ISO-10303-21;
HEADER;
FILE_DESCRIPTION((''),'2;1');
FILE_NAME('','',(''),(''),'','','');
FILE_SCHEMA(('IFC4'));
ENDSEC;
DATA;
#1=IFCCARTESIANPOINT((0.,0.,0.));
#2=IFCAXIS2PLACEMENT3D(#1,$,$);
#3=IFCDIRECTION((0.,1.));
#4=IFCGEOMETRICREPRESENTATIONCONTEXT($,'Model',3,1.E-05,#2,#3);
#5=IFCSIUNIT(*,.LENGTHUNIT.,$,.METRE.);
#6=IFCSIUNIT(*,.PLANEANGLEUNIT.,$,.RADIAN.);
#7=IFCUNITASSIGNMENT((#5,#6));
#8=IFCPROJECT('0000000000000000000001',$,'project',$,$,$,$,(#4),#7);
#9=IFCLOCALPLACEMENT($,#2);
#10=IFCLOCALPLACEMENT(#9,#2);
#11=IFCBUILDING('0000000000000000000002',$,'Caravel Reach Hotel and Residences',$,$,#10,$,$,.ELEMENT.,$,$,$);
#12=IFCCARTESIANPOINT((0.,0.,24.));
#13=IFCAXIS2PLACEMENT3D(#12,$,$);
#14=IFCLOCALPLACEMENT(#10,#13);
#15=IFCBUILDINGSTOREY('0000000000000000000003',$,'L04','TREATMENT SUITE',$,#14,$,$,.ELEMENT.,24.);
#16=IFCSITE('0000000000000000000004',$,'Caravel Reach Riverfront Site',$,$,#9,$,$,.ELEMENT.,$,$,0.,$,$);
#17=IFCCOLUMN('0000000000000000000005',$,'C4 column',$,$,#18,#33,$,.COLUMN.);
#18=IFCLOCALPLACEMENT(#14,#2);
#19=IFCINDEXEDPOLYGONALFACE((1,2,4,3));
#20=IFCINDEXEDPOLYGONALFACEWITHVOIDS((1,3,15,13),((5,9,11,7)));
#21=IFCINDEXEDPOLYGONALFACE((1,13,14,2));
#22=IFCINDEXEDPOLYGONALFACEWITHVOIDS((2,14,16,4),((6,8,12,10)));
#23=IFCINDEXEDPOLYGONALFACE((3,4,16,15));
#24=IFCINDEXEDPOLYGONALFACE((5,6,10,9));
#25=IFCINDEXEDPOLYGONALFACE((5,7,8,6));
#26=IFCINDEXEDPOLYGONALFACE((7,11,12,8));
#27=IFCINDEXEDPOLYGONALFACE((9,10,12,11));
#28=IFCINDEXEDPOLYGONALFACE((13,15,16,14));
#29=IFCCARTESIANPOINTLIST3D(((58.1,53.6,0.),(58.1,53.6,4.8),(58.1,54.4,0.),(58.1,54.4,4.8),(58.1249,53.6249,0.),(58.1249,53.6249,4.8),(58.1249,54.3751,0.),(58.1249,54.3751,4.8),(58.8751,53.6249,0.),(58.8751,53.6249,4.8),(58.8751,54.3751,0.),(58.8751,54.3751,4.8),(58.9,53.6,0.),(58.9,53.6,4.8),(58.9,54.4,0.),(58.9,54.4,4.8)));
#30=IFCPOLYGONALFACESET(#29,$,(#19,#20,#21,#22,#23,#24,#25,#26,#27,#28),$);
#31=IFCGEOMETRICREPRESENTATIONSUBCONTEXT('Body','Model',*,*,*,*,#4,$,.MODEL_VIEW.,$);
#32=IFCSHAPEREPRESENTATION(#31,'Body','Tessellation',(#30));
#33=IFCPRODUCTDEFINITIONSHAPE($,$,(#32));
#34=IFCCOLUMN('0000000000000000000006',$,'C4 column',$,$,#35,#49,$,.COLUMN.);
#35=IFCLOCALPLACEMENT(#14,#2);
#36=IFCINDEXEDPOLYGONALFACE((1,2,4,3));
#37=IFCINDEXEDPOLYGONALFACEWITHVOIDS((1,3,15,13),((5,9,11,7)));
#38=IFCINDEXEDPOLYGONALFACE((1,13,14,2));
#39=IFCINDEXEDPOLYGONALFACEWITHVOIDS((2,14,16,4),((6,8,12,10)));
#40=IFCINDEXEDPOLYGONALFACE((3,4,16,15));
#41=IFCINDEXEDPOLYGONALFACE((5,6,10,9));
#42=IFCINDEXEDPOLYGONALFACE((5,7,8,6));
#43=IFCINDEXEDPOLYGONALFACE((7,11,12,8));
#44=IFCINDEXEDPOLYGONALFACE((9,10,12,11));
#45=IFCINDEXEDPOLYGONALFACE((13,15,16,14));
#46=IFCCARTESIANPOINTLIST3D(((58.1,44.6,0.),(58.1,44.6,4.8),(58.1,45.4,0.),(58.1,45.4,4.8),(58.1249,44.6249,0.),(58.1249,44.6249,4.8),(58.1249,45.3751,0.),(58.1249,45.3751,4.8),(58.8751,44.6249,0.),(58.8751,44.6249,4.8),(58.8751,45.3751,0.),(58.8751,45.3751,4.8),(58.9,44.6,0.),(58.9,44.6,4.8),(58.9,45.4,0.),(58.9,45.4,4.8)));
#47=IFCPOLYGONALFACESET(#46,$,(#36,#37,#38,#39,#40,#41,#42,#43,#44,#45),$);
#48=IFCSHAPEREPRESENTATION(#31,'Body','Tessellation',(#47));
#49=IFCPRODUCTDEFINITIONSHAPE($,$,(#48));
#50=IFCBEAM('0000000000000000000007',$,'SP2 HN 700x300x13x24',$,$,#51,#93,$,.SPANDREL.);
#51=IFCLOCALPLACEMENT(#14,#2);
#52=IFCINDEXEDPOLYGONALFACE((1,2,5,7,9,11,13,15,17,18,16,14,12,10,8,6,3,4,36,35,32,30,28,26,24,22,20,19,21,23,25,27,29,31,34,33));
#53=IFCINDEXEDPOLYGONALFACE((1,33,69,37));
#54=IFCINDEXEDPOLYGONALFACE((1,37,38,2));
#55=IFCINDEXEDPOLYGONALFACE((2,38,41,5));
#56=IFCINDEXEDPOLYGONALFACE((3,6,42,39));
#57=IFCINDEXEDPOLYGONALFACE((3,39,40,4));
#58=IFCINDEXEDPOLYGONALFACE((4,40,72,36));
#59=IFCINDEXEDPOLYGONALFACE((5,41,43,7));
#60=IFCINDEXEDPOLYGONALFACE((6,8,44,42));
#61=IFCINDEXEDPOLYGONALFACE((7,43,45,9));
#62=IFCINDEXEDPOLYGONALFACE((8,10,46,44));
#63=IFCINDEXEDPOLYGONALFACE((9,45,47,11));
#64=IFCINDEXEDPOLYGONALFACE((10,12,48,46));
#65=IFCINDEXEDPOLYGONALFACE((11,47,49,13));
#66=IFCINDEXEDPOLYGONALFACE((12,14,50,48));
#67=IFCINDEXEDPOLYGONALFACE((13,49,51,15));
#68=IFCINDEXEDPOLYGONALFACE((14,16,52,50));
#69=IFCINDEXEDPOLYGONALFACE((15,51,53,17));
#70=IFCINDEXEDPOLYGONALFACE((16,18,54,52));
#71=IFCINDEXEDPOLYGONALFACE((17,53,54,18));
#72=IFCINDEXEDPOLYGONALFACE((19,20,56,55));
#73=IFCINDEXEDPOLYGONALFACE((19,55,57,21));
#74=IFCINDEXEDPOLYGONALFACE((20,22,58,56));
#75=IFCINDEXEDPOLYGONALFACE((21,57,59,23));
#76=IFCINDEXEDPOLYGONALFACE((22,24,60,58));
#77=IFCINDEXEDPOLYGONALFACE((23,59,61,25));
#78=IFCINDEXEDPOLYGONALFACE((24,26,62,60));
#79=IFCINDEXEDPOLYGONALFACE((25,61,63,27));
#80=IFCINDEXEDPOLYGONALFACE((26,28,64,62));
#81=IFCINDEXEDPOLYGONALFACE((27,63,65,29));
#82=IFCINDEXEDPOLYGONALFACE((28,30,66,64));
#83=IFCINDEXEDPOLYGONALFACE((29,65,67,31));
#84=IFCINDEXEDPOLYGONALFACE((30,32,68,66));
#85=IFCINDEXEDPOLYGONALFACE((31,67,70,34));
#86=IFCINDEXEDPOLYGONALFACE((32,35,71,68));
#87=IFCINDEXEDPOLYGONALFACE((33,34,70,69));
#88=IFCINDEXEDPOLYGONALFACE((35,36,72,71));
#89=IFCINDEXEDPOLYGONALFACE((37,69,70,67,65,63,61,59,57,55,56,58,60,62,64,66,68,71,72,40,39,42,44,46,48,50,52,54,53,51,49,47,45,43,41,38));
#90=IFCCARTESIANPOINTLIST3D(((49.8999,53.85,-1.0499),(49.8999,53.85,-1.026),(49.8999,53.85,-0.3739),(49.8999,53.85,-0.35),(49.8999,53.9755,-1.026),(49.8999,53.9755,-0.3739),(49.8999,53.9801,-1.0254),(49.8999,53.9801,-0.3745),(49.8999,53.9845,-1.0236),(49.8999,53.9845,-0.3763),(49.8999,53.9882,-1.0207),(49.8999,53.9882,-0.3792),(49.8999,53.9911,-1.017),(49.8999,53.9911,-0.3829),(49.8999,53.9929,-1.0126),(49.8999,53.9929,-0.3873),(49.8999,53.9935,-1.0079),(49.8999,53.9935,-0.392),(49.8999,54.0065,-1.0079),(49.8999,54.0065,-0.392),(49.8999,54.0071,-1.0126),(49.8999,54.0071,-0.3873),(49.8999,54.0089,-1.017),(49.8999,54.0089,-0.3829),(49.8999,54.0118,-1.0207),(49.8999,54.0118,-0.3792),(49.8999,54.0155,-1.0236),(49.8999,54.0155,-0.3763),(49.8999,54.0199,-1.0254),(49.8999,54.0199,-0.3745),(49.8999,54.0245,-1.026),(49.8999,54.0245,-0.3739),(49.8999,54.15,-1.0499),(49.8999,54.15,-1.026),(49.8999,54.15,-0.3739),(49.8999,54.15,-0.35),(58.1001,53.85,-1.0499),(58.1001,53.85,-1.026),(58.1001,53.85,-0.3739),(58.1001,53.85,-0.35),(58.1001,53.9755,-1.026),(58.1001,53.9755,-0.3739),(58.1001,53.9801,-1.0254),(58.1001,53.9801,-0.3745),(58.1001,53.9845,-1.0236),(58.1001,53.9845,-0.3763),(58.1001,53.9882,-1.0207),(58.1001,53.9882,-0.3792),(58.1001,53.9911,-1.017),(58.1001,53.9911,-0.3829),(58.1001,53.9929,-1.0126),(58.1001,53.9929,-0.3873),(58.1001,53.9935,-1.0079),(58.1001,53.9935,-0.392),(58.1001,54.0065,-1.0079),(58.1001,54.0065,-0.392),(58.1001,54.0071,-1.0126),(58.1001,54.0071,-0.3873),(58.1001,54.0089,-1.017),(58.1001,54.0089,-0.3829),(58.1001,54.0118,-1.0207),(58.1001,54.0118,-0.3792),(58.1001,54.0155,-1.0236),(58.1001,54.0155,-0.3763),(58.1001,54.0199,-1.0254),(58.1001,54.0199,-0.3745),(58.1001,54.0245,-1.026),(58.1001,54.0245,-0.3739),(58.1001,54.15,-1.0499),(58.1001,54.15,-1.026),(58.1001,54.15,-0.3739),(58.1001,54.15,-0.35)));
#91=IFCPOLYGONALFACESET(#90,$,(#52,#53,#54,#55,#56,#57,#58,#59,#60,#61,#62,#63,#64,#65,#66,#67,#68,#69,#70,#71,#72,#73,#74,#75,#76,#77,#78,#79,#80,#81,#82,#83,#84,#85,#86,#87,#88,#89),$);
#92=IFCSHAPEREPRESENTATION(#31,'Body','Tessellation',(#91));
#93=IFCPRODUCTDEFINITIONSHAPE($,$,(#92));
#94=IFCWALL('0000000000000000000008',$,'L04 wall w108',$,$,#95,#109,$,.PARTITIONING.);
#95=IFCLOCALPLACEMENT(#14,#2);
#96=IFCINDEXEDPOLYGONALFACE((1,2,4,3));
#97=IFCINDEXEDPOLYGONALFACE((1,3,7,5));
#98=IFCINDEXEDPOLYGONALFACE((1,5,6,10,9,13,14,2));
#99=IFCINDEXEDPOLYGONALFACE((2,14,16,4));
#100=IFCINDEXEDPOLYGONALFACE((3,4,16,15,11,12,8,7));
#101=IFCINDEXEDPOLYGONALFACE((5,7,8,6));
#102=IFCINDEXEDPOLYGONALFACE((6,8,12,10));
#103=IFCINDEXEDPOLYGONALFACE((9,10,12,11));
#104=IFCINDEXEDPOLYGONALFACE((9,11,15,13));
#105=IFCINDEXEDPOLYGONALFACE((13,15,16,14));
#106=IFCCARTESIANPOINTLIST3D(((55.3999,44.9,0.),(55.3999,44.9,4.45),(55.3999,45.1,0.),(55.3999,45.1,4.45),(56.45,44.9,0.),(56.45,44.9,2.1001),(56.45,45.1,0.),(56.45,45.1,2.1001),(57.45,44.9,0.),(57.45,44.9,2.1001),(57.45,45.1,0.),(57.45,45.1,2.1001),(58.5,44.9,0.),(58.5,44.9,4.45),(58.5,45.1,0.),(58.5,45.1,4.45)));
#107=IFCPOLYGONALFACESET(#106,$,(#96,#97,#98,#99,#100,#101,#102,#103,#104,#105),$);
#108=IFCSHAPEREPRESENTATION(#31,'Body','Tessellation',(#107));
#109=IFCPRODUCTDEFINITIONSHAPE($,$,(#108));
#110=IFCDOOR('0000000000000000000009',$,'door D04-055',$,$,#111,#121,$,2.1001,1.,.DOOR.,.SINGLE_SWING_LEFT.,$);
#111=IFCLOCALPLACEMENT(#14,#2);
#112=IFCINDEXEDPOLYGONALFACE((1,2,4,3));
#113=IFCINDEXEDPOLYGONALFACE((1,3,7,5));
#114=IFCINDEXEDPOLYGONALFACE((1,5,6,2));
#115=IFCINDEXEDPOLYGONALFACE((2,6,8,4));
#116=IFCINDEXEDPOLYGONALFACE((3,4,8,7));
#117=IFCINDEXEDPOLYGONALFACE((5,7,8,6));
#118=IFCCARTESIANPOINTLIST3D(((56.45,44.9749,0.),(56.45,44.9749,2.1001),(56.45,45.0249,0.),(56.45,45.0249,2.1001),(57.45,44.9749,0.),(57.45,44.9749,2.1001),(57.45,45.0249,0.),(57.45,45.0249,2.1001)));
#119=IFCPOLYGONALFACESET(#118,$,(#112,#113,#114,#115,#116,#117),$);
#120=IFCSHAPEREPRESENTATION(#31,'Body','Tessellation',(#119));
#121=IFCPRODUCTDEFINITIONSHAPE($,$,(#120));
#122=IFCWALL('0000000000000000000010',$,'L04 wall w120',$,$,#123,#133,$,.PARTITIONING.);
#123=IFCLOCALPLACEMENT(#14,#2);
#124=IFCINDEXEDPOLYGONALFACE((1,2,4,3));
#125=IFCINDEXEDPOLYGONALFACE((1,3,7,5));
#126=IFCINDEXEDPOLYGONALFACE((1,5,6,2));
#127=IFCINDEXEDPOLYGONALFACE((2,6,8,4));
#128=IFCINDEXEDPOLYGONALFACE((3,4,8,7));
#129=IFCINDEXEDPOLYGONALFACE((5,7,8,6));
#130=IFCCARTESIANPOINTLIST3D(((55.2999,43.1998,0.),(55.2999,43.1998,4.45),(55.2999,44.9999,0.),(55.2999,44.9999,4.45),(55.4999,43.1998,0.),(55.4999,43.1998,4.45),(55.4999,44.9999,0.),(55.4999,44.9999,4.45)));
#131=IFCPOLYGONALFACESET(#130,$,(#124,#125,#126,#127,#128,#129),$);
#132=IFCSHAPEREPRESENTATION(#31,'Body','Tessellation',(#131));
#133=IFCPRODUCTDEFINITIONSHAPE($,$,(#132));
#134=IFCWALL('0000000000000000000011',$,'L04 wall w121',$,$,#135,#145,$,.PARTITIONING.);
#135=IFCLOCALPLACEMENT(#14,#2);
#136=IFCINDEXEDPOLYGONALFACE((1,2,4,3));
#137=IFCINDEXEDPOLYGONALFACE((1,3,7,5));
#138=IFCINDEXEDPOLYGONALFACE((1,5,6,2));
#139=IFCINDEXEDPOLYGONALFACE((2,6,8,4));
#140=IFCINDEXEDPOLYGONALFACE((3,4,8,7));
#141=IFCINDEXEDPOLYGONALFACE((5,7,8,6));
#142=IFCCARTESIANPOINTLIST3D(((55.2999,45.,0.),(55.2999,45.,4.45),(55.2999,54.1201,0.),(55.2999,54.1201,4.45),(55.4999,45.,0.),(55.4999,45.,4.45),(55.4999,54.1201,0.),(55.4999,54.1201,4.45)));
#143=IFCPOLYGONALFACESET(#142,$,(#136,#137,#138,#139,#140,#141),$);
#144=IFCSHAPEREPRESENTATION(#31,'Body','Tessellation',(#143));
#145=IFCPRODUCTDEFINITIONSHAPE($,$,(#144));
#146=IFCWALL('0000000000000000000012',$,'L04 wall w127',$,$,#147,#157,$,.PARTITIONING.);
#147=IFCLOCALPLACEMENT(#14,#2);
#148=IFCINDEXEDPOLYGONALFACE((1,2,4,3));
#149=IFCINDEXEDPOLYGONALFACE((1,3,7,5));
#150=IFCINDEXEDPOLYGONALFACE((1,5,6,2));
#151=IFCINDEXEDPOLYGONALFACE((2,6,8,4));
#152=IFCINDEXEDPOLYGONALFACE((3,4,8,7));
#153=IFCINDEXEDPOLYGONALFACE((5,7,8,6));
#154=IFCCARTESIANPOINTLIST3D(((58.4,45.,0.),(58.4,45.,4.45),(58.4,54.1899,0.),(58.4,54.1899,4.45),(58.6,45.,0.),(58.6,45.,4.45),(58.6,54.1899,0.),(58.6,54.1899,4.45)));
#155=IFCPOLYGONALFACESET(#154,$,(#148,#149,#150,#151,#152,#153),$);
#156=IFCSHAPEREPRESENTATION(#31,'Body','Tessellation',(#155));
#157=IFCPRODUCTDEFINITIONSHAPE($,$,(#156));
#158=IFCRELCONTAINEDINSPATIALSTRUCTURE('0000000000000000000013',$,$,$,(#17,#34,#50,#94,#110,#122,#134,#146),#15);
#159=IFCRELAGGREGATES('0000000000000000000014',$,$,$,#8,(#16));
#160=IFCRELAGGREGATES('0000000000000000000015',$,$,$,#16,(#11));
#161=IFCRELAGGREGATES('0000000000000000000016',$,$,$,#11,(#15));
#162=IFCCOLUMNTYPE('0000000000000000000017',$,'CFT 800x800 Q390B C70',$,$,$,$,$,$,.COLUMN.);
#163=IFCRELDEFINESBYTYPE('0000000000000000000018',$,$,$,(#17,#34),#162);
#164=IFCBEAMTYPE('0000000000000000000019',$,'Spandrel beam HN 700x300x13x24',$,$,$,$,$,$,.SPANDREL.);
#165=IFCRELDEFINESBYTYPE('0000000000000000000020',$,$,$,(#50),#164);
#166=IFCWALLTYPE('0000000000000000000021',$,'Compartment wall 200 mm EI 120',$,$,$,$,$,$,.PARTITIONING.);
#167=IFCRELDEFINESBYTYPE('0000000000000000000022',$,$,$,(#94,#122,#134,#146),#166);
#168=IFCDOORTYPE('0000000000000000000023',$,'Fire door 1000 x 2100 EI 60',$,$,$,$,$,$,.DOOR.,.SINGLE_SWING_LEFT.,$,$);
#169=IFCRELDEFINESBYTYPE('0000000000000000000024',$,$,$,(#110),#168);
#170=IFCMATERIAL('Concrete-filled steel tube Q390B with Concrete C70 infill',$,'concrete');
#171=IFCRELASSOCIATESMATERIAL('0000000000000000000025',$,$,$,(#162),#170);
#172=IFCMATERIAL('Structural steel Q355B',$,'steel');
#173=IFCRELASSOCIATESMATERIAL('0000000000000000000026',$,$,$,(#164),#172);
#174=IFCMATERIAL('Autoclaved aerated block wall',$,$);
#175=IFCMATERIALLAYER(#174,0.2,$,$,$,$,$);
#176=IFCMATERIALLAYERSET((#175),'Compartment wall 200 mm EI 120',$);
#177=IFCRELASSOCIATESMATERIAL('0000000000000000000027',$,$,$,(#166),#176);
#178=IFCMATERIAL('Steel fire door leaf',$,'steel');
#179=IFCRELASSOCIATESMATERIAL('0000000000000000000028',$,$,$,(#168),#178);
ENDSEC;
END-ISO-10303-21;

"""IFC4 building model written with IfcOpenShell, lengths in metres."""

from ifc_helpers import new_model, si_unit, direction, frame, frame_2d, origin, origin_2d, place, context, subcontext, project, spatial, rectangle, hollow_rectangle, i_section, extrude, material, layer, layer_set, material_profile, profile_set, type_object, element, fill, save


model = new_model("IFC4")

# Units and contexts
model_context = context("Model", 3, precision=1e-05, world=origin(), true_north=direction((0.0, 1.0)))
body_context = subcontext(model_context, "Body", "Model", "MODEL_VIEW")
ifc_project = project(units=[si_unit("LENGTHUNIT", "METRE"), si_unit("PLANEANGLEUNIT", "RADIAN")], contexts=[model_context])

# Site, building, storey
site_placement = place(None, origin())
site = spatial("IfcSite", under=ifc_project, at=site_placement, Name="Caravel Reach Riverfront Site", CompositionType="ELEMENT", RefElevation=0.0)
building_placement = place(site_placement, origin())
building = spatial("IfcBuilding", under=site, at=building_placement, Name="Caravel Reach Hotel and Residences", CompositionType="ELEMENT")
storey_placement = place(building_placement, frame((0.0, 0.0, 24.0)))
storey = spatial("IfcBuildingStorey", under=building, at=storey_placement, Name="L04", Description="TREATMENT SUITE", CompositionType="ELEMENT", Elevation=24.0)

# Columns
ifc_material_1 = material(Name="Concrete-filled steel tube Q390B with Concrete C70 infill", Category="concrete")
ifc_material_profile_1 = material_profile(ifc_material_1, hollow_rectangle(XDim=0.8, YDim=0.8, WallThickness=0.0249, at=origin_2d()), Name="RHS 800x800x25")
ifc_profile_set_1 = profile_set([ifc_material_profile_1], Name="Concrete-filled steel tube Q390B with Concrete C70 infill")
column_type = type_object("IfcColumnType", Name="CFT 800x800 Q390B C70", PredefinedType="COLUMN", material=ifc_profile_set_1)
for number, where, z_axis, x_axis, name in (
    (1, (58.5, 54.0, 0.0), (0.0, 0.0, 1.0), (1.0, 0.0, 0.0), "C4 column"),
    (2, (58.5, 45.0, 0.0), (0.0, 0.0, 1.0), (1.0, 0.0, 0.0), "C4 column"),
):
    element("IfcColumn", number, at=place(storey_placement, frame(where, z_axis=z_axis, x_axis=x_axis)), inside=storey, type_object=column_type, Name=name, PredefinedType="COLUMN", context=body_context, shape_type="SweptSolid", body=[
        extrude(hollow_rectangle(XDim=0.8, YDim=0.8, WallThickness=0.0249, at=origin_2d()), origin(), (0.0, 0.0, 1.0), 4.8),
    ])

# Beam
ifc_material_2 = material(Name="Structural steel Q355B", Category="steel")
ifc_material_profile_2 = material_profile(ifc_material_2, i_section(OverallWidth=0.3, OverallDepth=0.7, WebThickness=0.0129, FlangeThickness=0.0239, FilletRadius=0.0181, at=origin_2d()), Name="HN 700x300x13x24")
ifc_profile_set_2 = profile_set([ifc_material_profile_2], Name="Structural steel Q355B")
beam_type = type_object("IfcBeamType", Name="Spandrel beam HN 700x300x13x24", PredefinedType="SPANDREL", material=ifc_profile_set_2)
beam_placement = place(storey_placement, frame((58.1001, 54.0, -0.7), z_axis=(-1.0, 0.0, 0.0), x_axis=(0.0, -1.0, 0.0)))
element("IfcBeam", 3, at=beam_placement, inside=storey, type_object=beam_type, Name="SP2 HN 700x300x13x24", PredefinedType="SPANDREL", context=body_context, shape_type="SweptSolid", body=[
    extrude(i_section(OverallWidth=0.3, OverallDepth=0.7, WebThickness=0.0129, FlangeThickness=0.0239, FilletRadius=0.0181, at=origin_2d()), origin(), (0.0, 0.0, 1.0), 8.2002),
])

# Wall, opening, door
ifc_material_3 = material(Name="Autoclaved aerated block wall")
ifc_layer_1 = layer(ifc_material_3, 0.2)
ifc_layer_set_1 = layer_set([ifc_layer_1], Name="Compartment wall 200 mm EI 120")
wall_type_1 = type_object("IfcWallType", Name="Compartment wall 200 mm EI 120", PredefinedType="PARTITIONING", material=ifc_layer_set_1)
wall_1_placement = place(storey_placement, frame((55.3999, 45.0, 0.0), z_axis=(0.0, 0.0, 1.0), x_axis=(1.0, 0.0, 0.0)))
wall_1 = element("IfcWall", 4, at=wall_1_placement, inside=storey, type_object=wall_type_1, Name="L04 wall w108", PredefinedType="PARTITIONING", context=body_context, shape_type="SweptSolid", body=[
    extrude(rectangle(XDim=3.1001, YDim=0.2, at=frame_2d((1.55, 0.0))), origin(), (0.0, 0.0, 1.0), 4.45),
])
opening_1_placement = place(wall_1_placement, frame((1.05, 0.0, 0.0)))
opening_1 = element("IfcOpeningElement", 5, at=opening_1_placement, cuts=wall_1, PredefinedType="OPENING", context=body_context, shape_type="SweptSolid", body=[
    extrude(rectangle(XDim=1.0, YDim=2.1001, at=frame_2d((0.5, 1.05))), frame((0.0, 0.1099, 0.0), z_axis=(0.0, -1.0, 0.0), x_axis=(1.0, 0.0, 0.0)), (0.0, 0.0, 1.0), 0.22),
])
ifc_material_4 = material(Name="Steel fire door leaf", Category="steel")
door_type_1 = type_object("IfcDoorType", Name="Fire door 1000 x 2100 EI 60", OperationType="SINGLE_SWING_LEFT", PredefinedType="DOOR", material=ifc_material_4)
door_1_placement = place(opening_1_placement, origin())
door_1 = element("IfcDoor", 6, at=door_1_placement, inside=storey, type_object=door_type_1, Name="door D04-055", OperationType="SINGLE_SWING_LEFT", OverallHeight=2.1001, OverallWidth=1.0, PredefinedType="DOOR", context=body_context, shape_type="SweptSolid", body=[
    extrude(rectangle(XDim=1.0, YDim=2.1001, at=frame_2d((0.5, 1.05))), frame((0.0, 0.0249, 0.0), z_axis=(0.0, -1.0, 0.0), x_axis=(1.0, 0.0, 0.0)), (0.0, 0.0, 1.0), 0.05),
])
fill(opening_1, door_1)

# Walls
wall_2_placement = place(storey_placement, frame((55.3999, 43.2, 0.0), z_axis=(0.0, 0.0, 1.0), x_axis=(0.0, 1.0, 0.0)))
element("IfcWall", 7, at=wall_2_placement, inside=storey, type_object=wall_type_1, Name="L04 wall w120", PredefinedType="PARTITIONING", context=body_context, shape_type="SweptSolid", body=[
    extrude(rectangle(XDim=1.8, YDim=0.2, at=frame_2d((0.8999, 0.0))), origin(), (0.0, 0.0, 1.0), 4.45),
])
wall_3_placement = place(storey_placement, frame((55.3999, 45.0, 0.0), z_axis=(0.0, 0.0, 1.0), x_axis=(0.0, 1.0, 0.0)))
element("IfcWall", 8, at=wall_3_placement, inside=storey, type_object=wall_type_1, Name="L04 wall w121", PredefinedType="PARTITIONING", context=body_context, shape_type="SweptSolid", body=[
    extrude(rectangle(XDim=9.1201, YDim=0.2, at=frame_2d((4.5601, 0.0))), origin(), (0.0, 0.0, 1.0), 4.45),
])
wall_4_placement = place(storey_placement, frame((58.5, 45.0, 0.0), z_axis=(0.0, 0.0, 1.0), x_axis=(0.0, 1.0, 0.0)))
element("IfcWall", 9, at=wall_4_placement, inside=storey, type_object=wall_type_1, Name="L04 wall w127", PredefinedType="PARTITIONING", context=body_context, shape_type="SweptSolid", body=[
    extrude(rectangle(XDim=9.1899, YDim=0.2, at=frame_2d((4.595, 0.0))), origin(), (0.0, 0.0, 1.0), 4.45),
])

save(model, "model.ifc")
